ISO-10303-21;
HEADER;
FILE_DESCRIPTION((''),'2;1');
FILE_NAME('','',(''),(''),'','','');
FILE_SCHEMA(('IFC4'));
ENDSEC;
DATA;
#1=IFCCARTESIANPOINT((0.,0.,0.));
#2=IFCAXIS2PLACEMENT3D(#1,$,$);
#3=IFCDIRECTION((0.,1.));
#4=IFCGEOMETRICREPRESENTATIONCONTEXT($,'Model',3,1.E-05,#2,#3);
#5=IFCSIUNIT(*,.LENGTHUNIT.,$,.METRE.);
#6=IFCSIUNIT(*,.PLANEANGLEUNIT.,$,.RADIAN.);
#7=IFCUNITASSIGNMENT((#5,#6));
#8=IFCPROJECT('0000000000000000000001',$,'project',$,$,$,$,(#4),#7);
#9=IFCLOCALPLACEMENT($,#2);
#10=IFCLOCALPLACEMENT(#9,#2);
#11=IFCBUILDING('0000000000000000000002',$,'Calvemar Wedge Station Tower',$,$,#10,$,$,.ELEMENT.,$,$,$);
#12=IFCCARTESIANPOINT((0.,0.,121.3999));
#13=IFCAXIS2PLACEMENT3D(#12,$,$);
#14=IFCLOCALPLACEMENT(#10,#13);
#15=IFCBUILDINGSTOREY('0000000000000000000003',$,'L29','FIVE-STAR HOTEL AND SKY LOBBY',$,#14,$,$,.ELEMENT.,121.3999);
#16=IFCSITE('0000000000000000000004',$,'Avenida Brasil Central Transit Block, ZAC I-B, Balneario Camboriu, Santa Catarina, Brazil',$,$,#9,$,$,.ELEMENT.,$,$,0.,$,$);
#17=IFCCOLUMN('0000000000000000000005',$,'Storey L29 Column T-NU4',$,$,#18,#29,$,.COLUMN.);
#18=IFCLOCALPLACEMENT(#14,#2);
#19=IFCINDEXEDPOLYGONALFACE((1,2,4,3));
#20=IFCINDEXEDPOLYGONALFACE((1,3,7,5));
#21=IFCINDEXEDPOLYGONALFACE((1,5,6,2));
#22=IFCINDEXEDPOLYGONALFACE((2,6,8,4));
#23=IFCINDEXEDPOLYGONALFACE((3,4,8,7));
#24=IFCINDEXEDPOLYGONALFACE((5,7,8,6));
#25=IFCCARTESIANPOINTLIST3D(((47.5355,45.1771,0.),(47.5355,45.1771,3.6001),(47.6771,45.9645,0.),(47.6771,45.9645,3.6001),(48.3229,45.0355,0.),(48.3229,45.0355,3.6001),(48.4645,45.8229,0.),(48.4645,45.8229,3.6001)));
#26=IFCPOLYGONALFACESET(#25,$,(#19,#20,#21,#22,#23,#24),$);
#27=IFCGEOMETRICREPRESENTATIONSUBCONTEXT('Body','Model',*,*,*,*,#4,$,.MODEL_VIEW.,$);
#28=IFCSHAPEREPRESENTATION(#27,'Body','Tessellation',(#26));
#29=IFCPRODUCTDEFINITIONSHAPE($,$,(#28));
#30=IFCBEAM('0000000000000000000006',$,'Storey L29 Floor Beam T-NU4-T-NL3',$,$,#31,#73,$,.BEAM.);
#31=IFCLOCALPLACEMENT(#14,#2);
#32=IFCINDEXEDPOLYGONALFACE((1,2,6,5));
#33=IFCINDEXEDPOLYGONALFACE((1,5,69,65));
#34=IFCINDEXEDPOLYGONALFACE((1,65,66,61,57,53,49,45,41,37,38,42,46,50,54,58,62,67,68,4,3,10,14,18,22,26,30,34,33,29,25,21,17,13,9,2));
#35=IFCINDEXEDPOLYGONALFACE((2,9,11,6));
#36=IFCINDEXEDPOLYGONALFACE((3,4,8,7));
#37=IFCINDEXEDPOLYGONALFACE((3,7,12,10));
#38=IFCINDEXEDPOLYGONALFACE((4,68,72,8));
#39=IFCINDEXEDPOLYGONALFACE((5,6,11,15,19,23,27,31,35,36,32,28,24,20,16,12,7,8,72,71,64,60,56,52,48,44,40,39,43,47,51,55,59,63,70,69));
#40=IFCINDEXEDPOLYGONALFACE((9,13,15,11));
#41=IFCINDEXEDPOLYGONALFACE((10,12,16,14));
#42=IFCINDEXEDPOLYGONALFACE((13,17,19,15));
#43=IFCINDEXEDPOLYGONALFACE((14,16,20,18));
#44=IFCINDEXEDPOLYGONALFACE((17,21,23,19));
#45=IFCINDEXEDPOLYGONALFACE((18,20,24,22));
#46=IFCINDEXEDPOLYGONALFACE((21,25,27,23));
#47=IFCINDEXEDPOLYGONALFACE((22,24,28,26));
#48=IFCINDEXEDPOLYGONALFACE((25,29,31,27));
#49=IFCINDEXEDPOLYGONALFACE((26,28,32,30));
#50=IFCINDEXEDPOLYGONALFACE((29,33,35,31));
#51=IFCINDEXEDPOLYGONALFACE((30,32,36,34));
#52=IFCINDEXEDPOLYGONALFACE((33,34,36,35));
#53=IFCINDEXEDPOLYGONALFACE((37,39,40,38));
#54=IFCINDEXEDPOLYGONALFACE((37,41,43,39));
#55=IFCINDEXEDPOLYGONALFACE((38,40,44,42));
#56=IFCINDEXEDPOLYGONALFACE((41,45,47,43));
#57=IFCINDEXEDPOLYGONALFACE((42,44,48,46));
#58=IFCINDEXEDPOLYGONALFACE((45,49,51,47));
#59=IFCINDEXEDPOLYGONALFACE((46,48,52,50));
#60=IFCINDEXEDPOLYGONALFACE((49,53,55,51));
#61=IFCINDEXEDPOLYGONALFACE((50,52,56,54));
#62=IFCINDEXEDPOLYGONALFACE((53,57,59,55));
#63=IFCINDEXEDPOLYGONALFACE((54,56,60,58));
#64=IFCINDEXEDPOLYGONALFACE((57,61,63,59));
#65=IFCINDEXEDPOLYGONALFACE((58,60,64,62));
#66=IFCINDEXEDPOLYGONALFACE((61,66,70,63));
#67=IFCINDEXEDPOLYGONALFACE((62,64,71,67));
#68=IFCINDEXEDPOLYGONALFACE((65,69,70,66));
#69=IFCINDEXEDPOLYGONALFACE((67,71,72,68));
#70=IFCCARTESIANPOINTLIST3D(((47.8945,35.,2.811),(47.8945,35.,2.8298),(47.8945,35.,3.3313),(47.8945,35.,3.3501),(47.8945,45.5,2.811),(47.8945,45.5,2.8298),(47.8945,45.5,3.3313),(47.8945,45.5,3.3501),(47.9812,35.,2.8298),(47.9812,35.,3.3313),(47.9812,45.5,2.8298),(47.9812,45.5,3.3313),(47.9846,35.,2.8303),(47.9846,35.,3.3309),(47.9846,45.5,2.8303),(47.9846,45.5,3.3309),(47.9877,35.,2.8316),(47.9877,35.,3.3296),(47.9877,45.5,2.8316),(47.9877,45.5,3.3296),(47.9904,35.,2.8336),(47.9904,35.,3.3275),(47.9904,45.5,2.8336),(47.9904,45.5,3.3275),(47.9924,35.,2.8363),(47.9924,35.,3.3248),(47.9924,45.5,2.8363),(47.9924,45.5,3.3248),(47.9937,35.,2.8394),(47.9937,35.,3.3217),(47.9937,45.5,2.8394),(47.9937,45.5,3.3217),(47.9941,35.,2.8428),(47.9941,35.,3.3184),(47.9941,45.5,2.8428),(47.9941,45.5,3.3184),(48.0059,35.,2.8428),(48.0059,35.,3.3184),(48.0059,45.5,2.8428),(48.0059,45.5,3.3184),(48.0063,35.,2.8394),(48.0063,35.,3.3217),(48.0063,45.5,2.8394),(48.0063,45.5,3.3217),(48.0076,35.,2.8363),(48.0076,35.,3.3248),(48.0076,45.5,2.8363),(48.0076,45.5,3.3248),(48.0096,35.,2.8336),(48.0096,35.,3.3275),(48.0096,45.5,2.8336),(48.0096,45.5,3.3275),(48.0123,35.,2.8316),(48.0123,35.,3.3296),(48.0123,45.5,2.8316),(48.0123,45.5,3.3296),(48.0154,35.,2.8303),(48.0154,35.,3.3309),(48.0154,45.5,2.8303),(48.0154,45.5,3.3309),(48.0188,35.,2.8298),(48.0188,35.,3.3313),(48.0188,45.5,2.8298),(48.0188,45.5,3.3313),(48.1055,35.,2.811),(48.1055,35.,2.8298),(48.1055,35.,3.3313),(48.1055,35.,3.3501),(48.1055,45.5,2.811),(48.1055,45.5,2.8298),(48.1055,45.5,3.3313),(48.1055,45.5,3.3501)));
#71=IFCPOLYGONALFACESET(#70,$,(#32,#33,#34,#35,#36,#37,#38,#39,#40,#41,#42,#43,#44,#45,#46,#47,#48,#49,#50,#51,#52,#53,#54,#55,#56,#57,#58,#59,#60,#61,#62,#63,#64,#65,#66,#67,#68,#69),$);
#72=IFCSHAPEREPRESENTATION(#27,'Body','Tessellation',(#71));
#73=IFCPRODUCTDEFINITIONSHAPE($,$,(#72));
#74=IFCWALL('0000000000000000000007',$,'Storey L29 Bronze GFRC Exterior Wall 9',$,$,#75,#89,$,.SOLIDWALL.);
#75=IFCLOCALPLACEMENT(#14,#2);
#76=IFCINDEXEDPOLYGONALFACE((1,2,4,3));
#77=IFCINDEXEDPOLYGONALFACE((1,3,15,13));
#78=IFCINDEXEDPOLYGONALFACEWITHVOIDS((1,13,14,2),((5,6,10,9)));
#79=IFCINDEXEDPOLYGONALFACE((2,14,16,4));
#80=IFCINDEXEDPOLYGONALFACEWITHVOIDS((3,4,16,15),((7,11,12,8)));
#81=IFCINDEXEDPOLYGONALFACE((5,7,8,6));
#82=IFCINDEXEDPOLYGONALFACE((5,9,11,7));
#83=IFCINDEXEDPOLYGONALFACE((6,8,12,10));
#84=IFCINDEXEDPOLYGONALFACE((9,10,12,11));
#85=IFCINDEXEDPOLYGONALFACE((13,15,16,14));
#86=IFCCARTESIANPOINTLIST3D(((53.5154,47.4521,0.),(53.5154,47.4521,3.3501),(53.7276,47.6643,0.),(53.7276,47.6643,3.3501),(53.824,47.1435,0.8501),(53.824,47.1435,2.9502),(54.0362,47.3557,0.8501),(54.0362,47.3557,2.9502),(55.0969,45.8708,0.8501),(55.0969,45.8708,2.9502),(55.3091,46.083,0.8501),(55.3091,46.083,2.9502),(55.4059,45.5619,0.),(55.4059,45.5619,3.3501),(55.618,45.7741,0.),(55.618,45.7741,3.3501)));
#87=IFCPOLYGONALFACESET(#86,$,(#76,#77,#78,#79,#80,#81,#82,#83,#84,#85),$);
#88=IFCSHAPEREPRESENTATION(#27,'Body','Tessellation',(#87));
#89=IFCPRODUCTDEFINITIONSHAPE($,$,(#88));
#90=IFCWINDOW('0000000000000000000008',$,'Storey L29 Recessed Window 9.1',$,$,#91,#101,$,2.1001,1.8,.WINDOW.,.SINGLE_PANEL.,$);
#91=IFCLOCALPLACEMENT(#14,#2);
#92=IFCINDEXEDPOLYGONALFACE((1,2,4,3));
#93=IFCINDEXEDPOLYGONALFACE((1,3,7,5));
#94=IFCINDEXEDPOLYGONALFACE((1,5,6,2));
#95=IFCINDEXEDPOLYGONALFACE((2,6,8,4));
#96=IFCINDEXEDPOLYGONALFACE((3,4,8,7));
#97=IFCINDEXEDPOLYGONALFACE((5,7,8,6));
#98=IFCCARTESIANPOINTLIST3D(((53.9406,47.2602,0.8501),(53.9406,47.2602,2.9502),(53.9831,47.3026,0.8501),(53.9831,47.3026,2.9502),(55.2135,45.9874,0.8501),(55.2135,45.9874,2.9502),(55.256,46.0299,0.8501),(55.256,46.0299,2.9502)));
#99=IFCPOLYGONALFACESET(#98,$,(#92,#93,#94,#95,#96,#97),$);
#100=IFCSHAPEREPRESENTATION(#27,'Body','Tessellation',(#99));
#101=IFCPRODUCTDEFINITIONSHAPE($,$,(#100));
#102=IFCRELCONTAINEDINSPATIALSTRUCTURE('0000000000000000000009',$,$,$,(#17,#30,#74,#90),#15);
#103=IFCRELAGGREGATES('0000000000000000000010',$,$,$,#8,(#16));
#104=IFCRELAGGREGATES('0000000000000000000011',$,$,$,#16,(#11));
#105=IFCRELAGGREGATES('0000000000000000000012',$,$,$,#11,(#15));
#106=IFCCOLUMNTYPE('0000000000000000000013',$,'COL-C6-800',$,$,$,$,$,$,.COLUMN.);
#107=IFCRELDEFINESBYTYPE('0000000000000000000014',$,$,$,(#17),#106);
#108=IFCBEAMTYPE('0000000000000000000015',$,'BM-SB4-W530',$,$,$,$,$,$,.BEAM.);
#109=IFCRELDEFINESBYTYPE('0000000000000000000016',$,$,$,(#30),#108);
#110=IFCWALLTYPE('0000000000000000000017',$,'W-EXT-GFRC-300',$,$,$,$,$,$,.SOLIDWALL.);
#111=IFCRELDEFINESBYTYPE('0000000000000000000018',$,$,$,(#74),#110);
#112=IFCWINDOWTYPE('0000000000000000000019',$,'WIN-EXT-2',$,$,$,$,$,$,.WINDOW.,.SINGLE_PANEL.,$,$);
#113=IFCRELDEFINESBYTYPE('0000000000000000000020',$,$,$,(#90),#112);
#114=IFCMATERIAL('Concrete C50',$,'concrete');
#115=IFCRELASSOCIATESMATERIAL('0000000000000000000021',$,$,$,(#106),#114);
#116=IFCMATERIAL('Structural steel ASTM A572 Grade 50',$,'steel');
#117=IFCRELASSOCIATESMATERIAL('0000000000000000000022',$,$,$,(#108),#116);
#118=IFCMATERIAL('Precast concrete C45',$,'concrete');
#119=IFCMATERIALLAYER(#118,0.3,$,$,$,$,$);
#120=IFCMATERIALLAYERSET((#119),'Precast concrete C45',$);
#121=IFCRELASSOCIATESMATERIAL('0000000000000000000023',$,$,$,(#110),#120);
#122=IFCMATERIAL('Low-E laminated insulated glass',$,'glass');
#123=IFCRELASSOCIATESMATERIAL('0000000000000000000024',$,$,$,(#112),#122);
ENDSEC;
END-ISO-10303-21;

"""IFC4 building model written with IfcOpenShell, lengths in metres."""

from ifc_helpers import new_model, si_unit, direction, frame, frame_2d, origin, origin_2d, place, context, subcontext, project, spatial, rectangle, i_section, extrude, source, transform, mapped, material, layer, layer_set, material_profile, profile_set, type_object, element, fill, save


model = new_model("IFC4")

# Units and contexts
model_context = context("Model", 3, precision=1e-05, world=origin(), true_north=direction((0.0, 1.0)))
body_context = subcontext(model_context, "Body", "Model", "MODEL_VIEW")
ifc_project = project(units=[si_unit("LENGTHUNIT", "METRE"), si_unit("PLANEANGLEUNIT", "RADIAN")], contexts=[model_context])

# Site, building, storey
site_placement = place(None, origin())
site = spatial("IfcSite", under=ifc_project, at=site_placement, Name="Avenida Brasil Central Transit Block, ZAC I-B, Balneario Camboriu, Santa Catarina, Brazil", CompositionType="ELEMENT", RefElevation=0.0)
building_placement = place(site_placement, origin())
building = spatial("IfcBuilding", under=site, at=building_placement, Name="Calvemar Wedge Station Tower", CompositionType="ELEMENT")
storey_placement = place(building_placement, frame((0.0, 0.0, 121.3999)))
storey = spatial("IfcBuildingStorey", under=building, at=storey_placement, Name="L29", Description="FIVE-STAR HOTEL AND SKY LOBBY", CompositionType="ELEMENT", Elevation=121.3999)

# Column
ifc_material_1 = material(Name="Concrete C50", Category="concrete")
ifc_material_profile_1 = material_profile(ifc_material_1, rectangle(XDim=0.8, YDim=0.8, at=origin_2d()), Name="RC800x800")
ifc_profile_set_1 = profile_set([ifc_material_profile_1], Name="Concrete C50")
column_type = type_object("IfcColumnType", Name="COL-C6-800", PredefinedType="COLUMN", material=ifc_profile_set_1)
shared_shape_1 = source(origin(), body_context, "Body", "SweptSolid", [
    extrude(rectangle(XDim=0.8, YDim=0.8, at=origin_2d()), origin(), (0.0, 0.0, 1.0), 3.6001),
])
column_placement = place(storey_placement, frame((48.0, 45.5, 0.0), z_axis=(0.0, 0.0, 1.0), x_axis=(0.984196, -0.177085, 0.0)))
element("IfcColumn", 1, at=column_placement, inside=storey, type_object=column_type, Name="Storey L29 Column T-NU4", PredefinedType="COLUMN", context=body_context, shape_type="MappedRepresentation", body=[
    mapped(shared_shape_1, transform((0.0, 0.0, 0.0), scale=1.0)),
])

# Beam
ifc_material_2 = material(Name="Structural steel ASTM A572 Grade 50", Category="steel")
ifc_material_profile_2 = material_profile(ifc_material_2, i_section(OverallWidth=0.2109, OverallDepth=0.5391, WebThickness=0.0117, FlangeThickness=0.0188, FilletRadius=0.0129, at=origin_2d()), Name="W530x109")
ifc_profile_set_2 = profile_set([ifc_material_profile_2], Name="Structural steel ASTM A572 Grade 50")
beam_type = type_object("IfcBeamType", Name="BM-SB4-W530", PredefinedType="BEAM", material=ifc_profile_set_2)
shared_shape_2 = source(origin(), body_context, "Body", "SweptSolid", [
    extrude(i_section(OverallWidth=0.2109, OverallDepth=0.5391, WebThickness=0.0117, FlangeThickness=0.0188, FilletRadius=0.0129, at=origin_2d()), origin(), (0.0, 0.0, 1.0), 10.5),
])
beam_placement = place(storey_placement, frame((48.0, 45.5, 3.0806), z_axis=(0.0, -1.0, 0.0), x_axis=(1.0, 0.0, 0.0)))
element("IfcBeam", 2, at=beam_placement, inside=storey, type_object=beam_type, Name="Storey L29 Floor Beam T-NU4-T-NL3", PredefinedType="BEAM", context=body_context, shape_type="MappedRepresentation", body=[
    mapped(shared_shape_2, transform((0.0, 0.0, 0.0), scale=1.0)),
])

# Wall, opening, window
ifc_material_3 = material(Name="Precast concrete C45", Category="concrete")
ifc_layer_1 = layer(ifc_material_3, 0.3)
ifc_layer_set_1 = layer_set([ifc_layer_1], Name="Precast concrete C45")
wall_type_1 = type_object("IfcWallType", Name="W-EXT-GFRC-300", PredefinedType="SOLIDWALL", material=ifc_layer_set_1)
wall_1_placement = place(storey_placement, frame((55.512, 45.668, 0.0), z_axis=(0.0, 0.0, 1.0), x_axis=(-0.707152, 0.707061, 0.0)))
wall_1 = element("IfcWall", 3, at=wall_1_placement, inside=storey, type_object=wall_type_1, Name="Storey L29 Bronze GFRC Exterior Wall 9", PredefinedType="SOLIDWALL", context=body_context, shape_type="SweptSolid", body=[
    extrude(rectangle(XDim=2.6733, YDim=0.3, at=frame_2d((1.3367, 0.0))), origin(), (0.0, 0.0, 1.0), 3.3501),
])
shared_shape_3 = source(origin(), body_context, "Body", "SweptSolid", [
    extrude(rectangle(XDim=1.8, YDim=2.1001, at=frame_2d((0.8999, 1.05))), frame((0.0, 0.1602, 0.0), z_axis=(0.0, -1.0, 0.0), x_axis=(1.0, 0.0, 0.0)), (0.0, 0.0, 1.0), 0.3201),
])
opening_1_placement = place(wall_1_placement, frame((0.437, 0.0, 0.8501)))
opening_1 = element("IfcOpeningElement", 4, at=opening_1_placement, cuts=wall_1, PredefinedType="OPENING", context=body_context, shape_type="MappedRepresentation", body=[
    mapped(shared_shape_3, transform((0.0, 0.0, 0.0), scale=1.0)),
])
ifc_material_4 = material(Name="Low-E laminated insulated glass", Category="glass")
window_type_1 = type_object("IfcWindowType", Name="WIN-EXT-2", PartitioningType="SINGLE_PANEL", PredefinedType="WINDOW", material=ifc_material_4)
shared_shape_4 = source(origin(), body_context, "Body", "SweptSolid", [
    extrude(rectangle(XDim=1.8, YDim=2.1001, at=frame_2d((0.8999, 1.05))), frame((0.0, -0.0149, 0.0), z_axis=(0.0, -1.0, 0.0), x_axis=(1.0, 0.0, 0.0)), (0.0, 0.0, 1.0), 0.0601),
])
window_1_placement = place(opening_1_placement, origin())
window_1 = element("IfcWindow", 5, at=window_1_placement, inside=storey, type_object=window_type_1, Name="Storey L29 Recessed Window 9.1", OverallHeight=2.1001, OverallWidth=1.8, PartitioningType="SINGLE_PANEL", PredefinedType="WINDOW", context=body_context, shape_type="MappedRepresentation", body=[
    mapped(shared_shape_4, transform((0.0, 0.0, 0.0), scale=1.0)),
])
fill(opening_1, window_1)

save(model, "model.ifc")
